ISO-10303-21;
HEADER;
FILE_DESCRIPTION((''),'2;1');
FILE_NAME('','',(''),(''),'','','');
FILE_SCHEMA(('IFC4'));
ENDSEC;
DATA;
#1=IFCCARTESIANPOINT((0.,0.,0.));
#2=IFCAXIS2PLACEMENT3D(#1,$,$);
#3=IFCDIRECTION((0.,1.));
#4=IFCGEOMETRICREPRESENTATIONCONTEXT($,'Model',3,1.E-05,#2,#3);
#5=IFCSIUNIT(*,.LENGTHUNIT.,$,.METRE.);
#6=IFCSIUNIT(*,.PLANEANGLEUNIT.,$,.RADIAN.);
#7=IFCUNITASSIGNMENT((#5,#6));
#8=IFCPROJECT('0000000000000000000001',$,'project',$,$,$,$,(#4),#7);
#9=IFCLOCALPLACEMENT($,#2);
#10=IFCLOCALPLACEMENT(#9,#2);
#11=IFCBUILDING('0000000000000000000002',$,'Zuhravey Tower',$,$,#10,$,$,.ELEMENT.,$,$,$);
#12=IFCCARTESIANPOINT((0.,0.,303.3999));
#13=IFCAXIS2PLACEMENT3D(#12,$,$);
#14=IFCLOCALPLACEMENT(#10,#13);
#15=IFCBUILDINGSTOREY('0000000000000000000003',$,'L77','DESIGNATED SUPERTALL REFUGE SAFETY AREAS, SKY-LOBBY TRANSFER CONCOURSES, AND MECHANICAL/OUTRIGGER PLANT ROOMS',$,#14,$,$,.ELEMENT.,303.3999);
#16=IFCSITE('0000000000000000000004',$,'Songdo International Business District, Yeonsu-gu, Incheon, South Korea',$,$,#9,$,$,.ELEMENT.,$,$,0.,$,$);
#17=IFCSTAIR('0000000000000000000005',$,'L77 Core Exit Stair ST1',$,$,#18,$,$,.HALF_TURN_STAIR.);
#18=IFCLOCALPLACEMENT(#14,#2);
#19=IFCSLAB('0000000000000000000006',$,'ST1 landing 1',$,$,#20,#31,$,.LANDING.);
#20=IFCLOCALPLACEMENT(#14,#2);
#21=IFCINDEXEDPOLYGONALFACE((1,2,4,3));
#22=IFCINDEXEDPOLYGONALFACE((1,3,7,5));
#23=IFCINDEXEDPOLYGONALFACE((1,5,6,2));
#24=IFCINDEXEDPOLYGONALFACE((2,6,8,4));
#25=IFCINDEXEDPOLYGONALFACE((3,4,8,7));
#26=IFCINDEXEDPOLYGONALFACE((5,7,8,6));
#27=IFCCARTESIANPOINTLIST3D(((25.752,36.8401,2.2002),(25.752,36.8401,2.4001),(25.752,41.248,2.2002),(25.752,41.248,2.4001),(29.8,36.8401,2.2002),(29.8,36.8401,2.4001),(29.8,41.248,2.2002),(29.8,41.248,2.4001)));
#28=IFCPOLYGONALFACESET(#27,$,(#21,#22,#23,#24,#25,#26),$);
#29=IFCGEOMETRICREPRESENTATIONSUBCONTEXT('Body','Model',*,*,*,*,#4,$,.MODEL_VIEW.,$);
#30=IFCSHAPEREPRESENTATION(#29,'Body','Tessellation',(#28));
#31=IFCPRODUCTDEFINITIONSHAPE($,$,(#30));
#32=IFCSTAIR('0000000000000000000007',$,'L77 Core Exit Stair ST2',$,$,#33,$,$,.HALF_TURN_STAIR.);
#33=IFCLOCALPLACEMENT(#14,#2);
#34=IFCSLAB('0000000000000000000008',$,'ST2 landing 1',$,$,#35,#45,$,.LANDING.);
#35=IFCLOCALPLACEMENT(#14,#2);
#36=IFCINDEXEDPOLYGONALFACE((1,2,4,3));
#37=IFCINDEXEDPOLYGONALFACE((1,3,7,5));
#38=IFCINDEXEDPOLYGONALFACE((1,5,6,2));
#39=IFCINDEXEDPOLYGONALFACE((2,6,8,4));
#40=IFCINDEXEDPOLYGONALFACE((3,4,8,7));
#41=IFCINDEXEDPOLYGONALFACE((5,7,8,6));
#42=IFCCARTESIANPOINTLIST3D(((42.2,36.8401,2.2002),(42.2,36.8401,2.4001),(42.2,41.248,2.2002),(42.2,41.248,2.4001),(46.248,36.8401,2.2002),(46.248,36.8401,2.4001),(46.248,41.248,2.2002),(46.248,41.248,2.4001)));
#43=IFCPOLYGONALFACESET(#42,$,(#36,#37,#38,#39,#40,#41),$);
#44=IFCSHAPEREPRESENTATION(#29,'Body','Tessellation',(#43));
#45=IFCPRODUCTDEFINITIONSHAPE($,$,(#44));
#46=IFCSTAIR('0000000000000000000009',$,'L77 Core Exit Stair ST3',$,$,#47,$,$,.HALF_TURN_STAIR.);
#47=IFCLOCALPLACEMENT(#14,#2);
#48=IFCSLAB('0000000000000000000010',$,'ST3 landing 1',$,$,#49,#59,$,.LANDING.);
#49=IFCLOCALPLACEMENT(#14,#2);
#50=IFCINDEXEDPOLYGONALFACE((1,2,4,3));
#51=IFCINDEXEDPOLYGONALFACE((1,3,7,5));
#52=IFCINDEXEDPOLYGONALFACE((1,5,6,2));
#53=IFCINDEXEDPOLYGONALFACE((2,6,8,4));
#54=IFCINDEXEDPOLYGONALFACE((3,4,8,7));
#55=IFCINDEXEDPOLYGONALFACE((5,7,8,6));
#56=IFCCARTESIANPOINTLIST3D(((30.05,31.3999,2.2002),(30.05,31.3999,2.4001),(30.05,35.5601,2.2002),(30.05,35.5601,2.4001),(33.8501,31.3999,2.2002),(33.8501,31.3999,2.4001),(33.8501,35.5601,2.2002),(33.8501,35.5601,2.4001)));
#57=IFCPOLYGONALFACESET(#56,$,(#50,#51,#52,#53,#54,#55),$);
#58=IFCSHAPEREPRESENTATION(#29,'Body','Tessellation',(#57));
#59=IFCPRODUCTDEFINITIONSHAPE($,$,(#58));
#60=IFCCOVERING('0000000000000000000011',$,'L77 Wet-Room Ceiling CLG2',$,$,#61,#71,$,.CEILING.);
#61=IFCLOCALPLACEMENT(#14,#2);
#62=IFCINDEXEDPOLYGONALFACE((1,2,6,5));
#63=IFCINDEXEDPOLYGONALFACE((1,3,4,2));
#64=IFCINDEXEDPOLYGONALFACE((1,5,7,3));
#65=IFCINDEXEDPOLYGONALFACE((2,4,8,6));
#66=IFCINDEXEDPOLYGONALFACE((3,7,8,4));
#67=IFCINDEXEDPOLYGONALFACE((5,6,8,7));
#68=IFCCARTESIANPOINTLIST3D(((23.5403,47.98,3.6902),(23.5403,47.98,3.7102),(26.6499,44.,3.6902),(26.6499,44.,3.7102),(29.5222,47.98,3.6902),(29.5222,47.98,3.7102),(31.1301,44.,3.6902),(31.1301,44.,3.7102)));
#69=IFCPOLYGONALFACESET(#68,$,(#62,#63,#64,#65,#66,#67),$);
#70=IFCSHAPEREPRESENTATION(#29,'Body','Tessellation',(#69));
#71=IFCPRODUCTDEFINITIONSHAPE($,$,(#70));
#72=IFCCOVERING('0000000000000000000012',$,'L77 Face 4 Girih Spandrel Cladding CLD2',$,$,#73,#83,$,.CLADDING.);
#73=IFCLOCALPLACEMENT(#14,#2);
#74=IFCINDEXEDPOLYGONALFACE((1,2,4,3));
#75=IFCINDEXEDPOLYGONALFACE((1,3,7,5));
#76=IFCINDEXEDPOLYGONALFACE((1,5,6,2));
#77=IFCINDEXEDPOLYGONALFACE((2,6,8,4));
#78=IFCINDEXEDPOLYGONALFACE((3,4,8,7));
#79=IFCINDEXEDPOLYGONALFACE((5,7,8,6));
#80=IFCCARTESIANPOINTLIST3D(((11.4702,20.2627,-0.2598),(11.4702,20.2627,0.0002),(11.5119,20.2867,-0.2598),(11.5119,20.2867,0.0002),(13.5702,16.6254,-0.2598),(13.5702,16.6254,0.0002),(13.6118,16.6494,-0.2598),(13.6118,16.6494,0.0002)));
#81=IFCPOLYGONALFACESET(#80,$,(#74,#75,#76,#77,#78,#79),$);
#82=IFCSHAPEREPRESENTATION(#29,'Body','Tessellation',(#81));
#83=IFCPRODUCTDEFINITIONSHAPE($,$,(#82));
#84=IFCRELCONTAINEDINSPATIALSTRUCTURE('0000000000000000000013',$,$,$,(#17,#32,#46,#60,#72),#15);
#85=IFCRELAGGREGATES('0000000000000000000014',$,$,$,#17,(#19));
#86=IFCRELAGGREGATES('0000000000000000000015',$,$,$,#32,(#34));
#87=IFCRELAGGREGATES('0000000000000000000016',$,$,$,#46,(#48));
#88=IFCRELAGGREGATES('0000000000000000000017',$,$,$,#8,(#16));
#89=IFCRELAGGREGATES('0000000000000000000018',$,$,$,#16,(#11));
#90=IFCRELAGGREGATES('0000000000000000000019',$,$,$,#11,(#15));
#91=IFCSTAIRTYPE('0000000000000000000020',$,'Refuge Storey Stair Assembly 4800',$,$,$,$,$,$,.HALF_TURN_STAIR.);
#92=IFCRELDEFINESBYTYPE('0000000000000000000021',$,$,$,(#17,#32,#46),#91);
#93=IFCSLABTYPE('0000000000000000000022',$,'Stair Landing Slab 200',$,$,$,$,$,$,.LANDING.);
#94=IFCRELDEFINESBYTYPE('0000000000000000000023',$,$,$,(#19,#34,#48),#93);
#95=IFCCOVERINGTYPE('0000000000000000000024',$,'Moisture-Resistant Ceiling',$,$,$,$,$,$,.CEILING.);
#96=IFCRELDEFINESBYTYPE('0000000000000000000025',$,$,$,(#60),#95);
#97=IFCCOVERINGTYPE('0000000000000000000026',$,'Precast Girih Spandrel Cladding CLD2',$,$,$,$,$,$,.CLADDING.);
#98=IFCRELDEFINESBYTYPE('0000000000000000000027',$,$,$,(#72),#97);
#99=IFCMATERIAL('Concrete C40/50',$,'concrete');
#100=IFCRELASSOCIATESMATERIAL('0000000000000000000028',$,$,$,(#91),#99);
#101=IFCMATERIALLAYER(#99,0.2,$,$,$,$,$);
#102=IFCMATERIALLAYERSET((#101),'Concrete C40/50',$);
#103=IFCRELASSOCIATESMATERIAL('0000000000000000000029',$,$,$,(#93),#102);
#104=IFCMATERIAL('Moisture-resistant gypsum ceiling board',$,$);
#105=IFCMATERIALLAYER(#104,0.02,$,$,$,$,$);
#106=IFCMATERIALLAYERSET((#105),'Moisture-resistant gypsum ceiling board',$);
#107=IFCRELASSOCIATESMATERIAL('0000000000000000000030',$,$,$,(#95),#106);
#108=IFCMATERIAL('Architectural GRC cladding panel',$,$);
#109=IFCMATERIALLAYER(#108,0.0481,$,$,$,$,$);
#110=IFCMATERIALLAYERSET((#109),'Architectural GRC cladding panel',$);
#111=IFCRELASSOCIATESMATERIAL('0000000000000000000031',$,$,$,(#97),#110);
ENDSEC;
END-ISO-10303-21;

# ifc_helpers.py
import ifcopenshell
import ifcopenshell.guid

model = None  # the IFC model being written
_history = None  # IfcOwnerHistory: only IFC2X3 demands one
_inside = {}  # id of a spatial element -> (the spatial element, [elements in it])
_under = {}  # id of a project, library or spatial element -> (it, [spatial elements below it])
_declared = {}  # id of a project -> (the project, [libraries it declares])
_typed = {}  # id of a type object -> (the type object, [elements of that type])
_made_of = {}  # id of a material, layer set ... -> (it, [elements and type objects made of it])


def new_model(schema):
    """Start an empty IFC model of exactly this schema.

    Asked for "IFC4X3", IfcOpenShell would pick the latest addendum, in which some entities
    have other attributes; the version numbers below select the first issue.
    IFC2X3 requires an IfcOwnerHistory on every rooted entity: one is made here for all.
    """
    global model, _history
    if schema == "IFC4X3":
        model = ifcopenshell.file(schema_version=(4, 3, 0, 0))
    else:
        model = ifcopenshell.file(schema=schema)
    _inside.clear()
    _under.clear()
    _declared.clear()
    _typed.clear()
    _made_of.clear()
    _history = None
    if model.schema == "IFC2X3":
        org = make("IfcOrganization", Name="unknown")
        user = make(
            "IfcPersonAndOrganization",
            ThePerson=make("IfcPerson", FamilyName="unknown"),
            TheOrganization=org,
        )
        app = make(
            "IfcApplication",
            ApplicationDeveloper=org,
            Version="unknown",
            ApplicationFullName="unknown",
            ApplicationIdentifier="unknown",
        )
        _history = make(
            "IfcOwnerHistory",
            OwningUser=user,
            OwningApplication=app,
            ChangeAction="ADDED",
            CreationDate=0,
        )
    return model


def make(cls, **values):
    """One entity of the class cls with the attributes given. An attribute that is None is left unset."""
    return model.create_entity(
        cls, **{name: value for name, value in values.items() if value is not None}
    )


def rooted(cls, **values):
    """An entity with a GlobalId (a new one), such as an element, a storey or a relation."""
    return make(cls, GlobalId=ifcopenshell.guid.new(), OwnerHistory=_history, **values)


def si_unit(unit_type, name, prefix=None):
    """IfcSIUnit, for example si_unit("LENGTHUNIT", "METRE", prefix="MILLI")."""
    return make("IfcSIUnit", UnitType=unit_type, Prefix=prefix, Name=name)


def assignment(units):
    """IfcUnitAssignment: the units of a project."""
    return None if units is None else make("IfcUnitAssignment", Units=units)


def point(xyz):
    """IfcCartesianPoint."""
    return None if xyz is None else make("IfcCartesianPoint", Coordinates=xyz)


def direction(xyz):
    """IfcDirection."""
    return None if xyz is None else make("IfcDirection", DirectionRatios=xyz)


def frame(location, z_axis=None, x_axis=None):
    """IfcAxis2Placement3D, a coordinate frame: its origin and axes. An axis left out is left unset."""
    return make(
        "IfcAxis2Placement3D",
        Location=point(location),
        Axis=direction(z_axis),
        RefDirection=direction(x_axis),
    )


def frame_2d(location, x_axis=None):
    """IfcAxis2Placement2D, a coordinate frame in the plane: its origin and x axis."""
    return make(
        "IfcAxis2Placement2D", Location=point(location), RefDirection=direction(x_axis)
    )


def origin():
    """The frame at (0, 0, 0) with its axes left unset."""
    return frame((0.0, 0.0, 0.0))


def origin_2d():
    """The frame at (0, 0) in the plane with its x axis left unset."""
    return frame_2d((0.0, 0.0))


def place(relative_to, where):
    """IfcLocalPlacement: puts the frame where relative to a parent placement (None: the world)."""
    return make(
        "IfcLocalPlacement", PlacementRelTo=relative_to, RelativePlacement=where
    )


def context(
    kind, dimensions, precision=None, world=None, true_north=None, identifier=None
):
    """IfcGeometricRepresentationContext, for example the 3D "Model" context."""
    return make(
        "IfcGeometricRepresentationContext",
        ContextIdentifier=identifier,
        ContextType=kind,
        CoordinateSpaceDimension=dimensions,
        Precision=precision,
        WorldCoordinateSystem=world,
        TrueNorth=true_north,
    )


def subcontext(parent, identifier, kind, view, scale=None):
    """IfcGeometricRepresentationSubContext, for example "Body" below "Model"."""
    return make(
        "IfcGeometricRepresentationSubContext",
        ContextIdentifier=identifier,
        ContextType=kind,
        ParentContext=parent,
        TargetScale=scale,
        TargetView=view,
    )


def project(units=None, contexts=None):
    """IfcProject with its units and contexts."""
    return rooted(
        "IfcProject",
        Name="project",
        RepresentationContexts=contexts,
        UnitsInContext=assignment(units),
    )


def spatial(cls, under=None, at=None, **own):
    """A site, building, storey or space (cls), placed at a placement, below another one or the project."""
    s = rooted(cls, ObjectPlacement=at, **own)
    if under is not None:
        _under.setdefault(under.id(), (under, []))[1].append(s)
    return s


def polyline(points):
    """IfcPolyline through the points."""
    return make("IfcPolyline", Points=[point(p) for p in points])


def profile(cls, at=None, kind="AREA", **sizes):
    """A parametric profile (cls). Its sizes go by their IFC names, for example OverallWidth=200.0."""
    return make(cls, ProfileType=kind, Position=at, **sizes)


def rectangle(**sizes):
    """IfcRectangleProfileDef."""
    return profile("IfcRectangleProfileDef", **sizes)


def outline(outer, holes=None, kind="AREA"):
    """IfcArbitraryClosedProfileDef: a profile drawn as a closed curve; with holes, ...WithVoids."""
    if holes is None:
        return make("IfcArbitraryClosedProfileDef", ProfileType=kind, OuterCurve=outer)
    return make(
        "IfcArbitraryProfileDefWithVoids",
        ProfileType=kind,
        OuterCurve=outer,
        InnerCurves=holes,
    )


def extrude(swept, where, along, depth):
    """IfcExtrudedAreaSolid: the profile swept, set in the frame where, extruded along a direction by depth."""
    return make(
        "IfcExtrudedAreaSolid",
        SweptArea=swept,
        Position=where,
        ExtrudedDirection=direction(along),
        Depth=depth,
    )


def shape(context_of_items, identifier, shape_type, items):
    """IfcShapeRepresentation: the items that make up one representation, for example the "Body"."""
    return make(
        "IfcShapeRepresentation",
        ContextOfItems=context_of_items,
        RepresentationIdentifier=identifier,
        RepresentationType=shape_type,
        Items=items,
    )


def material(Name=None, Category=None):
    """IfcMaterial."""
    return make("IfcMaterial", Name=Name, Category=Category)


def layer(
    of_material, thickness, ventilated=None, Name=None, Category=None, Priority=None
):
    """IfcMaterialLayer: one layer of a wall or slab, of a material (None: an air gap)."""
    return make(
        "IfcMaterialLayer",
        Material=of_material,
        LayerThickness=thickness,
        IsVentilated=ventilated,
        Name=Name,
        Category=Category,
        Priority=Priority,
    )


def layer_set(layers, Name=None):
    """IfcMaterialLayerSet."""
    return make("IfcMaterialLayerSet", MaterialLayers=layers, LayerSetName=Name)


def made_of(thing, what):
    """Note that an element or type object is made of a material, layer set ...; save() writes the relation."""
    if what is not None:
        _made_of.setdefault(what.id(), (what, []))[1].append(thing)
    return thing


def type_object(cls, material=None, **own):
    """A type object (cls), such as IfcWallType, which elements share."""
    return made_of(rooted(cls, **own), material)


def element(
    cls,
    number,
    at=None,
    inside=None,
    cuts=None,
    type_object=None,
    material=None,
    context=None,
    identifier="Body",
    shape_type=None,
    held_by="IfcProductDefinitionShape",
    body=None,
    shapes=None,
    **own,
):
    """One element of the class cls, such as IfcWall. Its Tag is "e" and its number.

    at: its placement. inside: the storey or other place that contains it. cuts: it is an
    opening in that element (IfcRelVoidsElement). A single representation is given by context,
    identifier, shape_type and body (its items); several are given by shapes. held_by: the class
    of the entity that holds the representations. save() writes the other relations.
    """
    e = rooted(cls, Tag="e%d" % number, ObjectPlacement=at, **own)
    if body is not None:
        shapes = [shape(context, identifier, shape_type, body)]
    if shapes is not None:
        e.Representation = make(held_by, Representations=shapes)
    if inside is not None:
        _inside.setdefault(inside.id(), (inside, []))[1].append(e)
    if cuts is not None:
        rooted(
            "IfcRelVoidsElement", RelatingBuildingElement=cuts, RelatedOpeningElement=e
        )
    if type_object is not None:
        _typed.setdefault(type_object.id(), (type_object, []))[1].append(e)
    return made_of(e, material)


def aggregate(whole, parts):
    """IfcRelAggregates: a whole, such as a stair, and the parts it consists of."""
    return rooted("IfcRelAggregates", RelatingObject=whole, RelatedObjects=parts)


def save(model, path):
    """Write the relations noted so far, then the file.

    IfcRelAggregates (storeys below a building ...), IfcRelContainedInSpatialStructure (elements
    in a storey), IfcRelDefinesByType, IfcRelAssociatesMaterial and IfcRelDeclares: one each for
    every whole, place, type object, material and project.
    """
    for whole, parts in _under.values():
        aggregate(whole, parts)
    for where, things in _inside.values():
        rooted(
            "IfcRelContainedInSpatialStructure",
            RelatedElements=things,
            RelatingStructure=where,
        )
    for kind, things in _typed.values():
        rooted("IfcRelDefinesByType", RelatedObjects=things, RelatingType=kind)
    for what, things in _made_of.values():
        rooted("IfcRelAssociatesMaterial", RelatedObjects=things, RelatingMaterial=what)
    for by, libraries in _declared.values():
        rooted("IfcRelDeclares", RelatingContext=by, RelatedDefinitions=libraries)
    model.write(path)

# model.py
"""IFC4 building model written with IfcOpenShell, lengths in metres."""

from ifc_helpers import new_model, si_unit, direction, frame, origin, origin_2d, place, context, subcontext, project, spatial, polyline, rectangle, outline, extrude, material, layer, layer_set, type_object, element, aggregate, save


model = new_model("IFC4")

# Units and contexts
model_context = context("Model", 3, precision=1e-05, world=origin(), true_north=direction((0.0, 1.0)))
body_context = subcontext(model_context, "Body", "Model", "MODEL_VIEW")
ifc_project = project(units=[si_unit("LENGTHUNIT", "METRE"), si_unit("PLANEANGLEUNIT", "RADIAN")], contexts=[model_context])

# Site, building, storey
site_placement = place(None, origin())
site = spatial("IfcSite", under=ifc_project, at=site_placement, Name="Songdo International Business District, Yeonsu-gu, Incheon, South Korea", CompositionType="ELEMENT", RefElevation=0.0)
building_placement = place(site_placement, origin())
building = spatial("IfcBuilding", under=site, at=building_placement, Name="Zuhravey Tower", CompositionType="ELEMENT")
storey_placement = place(building_placement, frame((0.0, 0.0, 303.3999)))
storey = spatial("IfcBuildingStorey", under=building, at=storey_placement, Name="L77", Description="DESIGNATED SUPERTALL REFUGE SAFETY AREAS, SKY-LOBBY TRANSFER CONCOURSES, AND MECHANICAL/OUTRIGGER PLANT ROOMS", CompositionType="ELEMENT", Elevation=303.3999)

# Stairs, slabs
ifc_material_1 = material(Name="Concrete C40/50", Category="concrete")
stair_type = type_object("IfcStairType", Name="Refuge Storey Stair Assembly 4800", PredefinedType="HALF_TURN_STAIR", material=ifc_material_1)
stair_1_placement = place(storey_placement, origin())
stair_1 = element("IfcStair", 1, at=stair_1_placement, inside=storey, type_object=stair_type, Name="L77 Core Exit Stair ST1", PredefinedType="HALF_TURN_STAIR")
ifc_layer_1 = layer(ifc_material_1, 0.2)
ifc_layer_set_1 = layer_set([ifc_layer_1], Name="Concrete C40/50")
slab_type_1 = type_object("IfcSlabType", Name="Stair Landing Slab 200", PredefinedType="LANDING", material=ifc_layer_set_1)
slab_1_placement = place(storey_placement, frame((0.0, 0.0, 2.2002)))
slab_1 = element("IfcSlab", 2, at=slab_1_placement, type_object=slab_type_1, Name="ST1 landing 1", PredefinedType="LANDING", context=body_context, shape_type="SweptSolid", body=[
    extrude(outline(polyline([(29.8, 36.8401), (29.8, 41.248), (25.752, 41.248), (25.752, 36.8401), (29.8, 36.8401)])), origin(), (0.0, 0.0, 1.0), 0.2),
])
aggregate(stair_1, [slab_1])
stair_2_placement = place(storey_placement, origin())
stair_2 = element("IfcStair", 3, at=stair_2_placement, inside=storey, type_object=stair_type, Name="L77 Core Exit Stair ST2", PredefinedType="HALF_TURN_STAIR")
slab_2_placement = place(storey_placement, frame((0.0, 0.0, 2.2002)))
slab_2 = element("IfcSlab", 4, at=slab_2_placement, type_object=slab_type_1, Name="ST2 landing 1", PredefinedType="LANDING", context=body_context, shape_type="SweptSolid", body=[
    extrude(outline(polyline([(46.248, 36.8401), (46.248, 41.248), (42.2, 41.248), (42.2, 36.8401), (46.248, 36.8401)])), origin(), (0.0, 0.0, 1.0), 0.2),
])
aggregate(stair_2, [slab_2])
stair_3_placement = place(storey_placement, origin())
stair_3 = element("IfcStair", 5, at=stair_3_placement, inside=storey, type_object=stair_type, Name="L77 Core Exit Stair ST3", PredefinedType="HALF_TURN_STAIR")
slab_3_placement = place(storey_placement, frame((0.0, 0.0, 2.2002)))
slab_3 = element("IfcSlab", 6, at=slab_3_placement, type_object=slab_type_1, Name="ST3 landing 1", PredefinedType="LANDING", context=body_context, shape_type="SweptSolid", body=[
    extrude(outline(polyline([(30.05, 35.5601), (30.05, 31.3999), (33.8501, 31.3999), (33.8501, 35.5601), (30.05, 35.5601)])), origin(), (0.0, 0.0, 1.0), 0.2),
])
aggregate(stair_3, [slab_3])

# Coverings
ifc_material_2 = material(Name="Moisture-resistant gypsum ceiling board")
ifc_layer_2 = layer(ifc_material_2, 0.02)
ifc_layer_set_2 = layer_set([ifc_layer_2], Name="Moisture-resistant gypsum ceiling board")
covering_type_1 = type_object("IfcCoveringType", Name="Moisture-Resistant Ceiling", PredefinedType="CEILING", material=ifc_layer_set_2)
covering_1_placement = place(storey_placement, frame((0.0, 0.0, 3.6902)))
element("IfcCovering", 7, at=covering_1_placement, inside=storey, type_object=covering_type_1, Name="L77 Wet-Room Ceiling CLG2", PredefinedType="CEILING", context=body_context, shape_type="SweptSolid", body=[
    extrude(outline(polyline([(31.1301, 44.0), (26.6499, 44.0), (23.5403, 47.98), (29.5222, 47.98), (31.1301, 44.0)])), origin(), (0.0, 0.0, 1.0), 0.02),
])
ifc_material_3 = material(Name="Architectural GRC cladding panel")
ifc_layer_3 = layer(ifc_material_3, 0.0481)
ifc_layer_set_3 = layer_set([ifc_layer_3], Name="Architectural GRC cladding panel")
covering_type_2 = type_object("IfcCoveringType", Name="Precast Girih Spandrel Cladding CLD2", PredefinedType="CLADDING", material=ifc_layer_set_3)
covering_2_placement = place(storey_placement, frame((12.541, 18.4561, -0.2598), z_axis=(0.0, 0.0, 1.0), x_axis=(-0.5, 0.866025, 0.0)))
element("IfcCovering", 8, at=covering_2_placement, inside=storey, type_object=covering_type_2, Name="L77 Face 4 Girih Spandrel Cladding CLD2", PredefinedType="CLADDING", context=body_context, shape_type="SweptSolid", body=[
    extrude(rectangle(XDim=4.2, YDim=0.0481, at=origin_2d()), origin(), (0.0, 0.0, 1.0), 0.26),
])

save(model, "model.ifc")
